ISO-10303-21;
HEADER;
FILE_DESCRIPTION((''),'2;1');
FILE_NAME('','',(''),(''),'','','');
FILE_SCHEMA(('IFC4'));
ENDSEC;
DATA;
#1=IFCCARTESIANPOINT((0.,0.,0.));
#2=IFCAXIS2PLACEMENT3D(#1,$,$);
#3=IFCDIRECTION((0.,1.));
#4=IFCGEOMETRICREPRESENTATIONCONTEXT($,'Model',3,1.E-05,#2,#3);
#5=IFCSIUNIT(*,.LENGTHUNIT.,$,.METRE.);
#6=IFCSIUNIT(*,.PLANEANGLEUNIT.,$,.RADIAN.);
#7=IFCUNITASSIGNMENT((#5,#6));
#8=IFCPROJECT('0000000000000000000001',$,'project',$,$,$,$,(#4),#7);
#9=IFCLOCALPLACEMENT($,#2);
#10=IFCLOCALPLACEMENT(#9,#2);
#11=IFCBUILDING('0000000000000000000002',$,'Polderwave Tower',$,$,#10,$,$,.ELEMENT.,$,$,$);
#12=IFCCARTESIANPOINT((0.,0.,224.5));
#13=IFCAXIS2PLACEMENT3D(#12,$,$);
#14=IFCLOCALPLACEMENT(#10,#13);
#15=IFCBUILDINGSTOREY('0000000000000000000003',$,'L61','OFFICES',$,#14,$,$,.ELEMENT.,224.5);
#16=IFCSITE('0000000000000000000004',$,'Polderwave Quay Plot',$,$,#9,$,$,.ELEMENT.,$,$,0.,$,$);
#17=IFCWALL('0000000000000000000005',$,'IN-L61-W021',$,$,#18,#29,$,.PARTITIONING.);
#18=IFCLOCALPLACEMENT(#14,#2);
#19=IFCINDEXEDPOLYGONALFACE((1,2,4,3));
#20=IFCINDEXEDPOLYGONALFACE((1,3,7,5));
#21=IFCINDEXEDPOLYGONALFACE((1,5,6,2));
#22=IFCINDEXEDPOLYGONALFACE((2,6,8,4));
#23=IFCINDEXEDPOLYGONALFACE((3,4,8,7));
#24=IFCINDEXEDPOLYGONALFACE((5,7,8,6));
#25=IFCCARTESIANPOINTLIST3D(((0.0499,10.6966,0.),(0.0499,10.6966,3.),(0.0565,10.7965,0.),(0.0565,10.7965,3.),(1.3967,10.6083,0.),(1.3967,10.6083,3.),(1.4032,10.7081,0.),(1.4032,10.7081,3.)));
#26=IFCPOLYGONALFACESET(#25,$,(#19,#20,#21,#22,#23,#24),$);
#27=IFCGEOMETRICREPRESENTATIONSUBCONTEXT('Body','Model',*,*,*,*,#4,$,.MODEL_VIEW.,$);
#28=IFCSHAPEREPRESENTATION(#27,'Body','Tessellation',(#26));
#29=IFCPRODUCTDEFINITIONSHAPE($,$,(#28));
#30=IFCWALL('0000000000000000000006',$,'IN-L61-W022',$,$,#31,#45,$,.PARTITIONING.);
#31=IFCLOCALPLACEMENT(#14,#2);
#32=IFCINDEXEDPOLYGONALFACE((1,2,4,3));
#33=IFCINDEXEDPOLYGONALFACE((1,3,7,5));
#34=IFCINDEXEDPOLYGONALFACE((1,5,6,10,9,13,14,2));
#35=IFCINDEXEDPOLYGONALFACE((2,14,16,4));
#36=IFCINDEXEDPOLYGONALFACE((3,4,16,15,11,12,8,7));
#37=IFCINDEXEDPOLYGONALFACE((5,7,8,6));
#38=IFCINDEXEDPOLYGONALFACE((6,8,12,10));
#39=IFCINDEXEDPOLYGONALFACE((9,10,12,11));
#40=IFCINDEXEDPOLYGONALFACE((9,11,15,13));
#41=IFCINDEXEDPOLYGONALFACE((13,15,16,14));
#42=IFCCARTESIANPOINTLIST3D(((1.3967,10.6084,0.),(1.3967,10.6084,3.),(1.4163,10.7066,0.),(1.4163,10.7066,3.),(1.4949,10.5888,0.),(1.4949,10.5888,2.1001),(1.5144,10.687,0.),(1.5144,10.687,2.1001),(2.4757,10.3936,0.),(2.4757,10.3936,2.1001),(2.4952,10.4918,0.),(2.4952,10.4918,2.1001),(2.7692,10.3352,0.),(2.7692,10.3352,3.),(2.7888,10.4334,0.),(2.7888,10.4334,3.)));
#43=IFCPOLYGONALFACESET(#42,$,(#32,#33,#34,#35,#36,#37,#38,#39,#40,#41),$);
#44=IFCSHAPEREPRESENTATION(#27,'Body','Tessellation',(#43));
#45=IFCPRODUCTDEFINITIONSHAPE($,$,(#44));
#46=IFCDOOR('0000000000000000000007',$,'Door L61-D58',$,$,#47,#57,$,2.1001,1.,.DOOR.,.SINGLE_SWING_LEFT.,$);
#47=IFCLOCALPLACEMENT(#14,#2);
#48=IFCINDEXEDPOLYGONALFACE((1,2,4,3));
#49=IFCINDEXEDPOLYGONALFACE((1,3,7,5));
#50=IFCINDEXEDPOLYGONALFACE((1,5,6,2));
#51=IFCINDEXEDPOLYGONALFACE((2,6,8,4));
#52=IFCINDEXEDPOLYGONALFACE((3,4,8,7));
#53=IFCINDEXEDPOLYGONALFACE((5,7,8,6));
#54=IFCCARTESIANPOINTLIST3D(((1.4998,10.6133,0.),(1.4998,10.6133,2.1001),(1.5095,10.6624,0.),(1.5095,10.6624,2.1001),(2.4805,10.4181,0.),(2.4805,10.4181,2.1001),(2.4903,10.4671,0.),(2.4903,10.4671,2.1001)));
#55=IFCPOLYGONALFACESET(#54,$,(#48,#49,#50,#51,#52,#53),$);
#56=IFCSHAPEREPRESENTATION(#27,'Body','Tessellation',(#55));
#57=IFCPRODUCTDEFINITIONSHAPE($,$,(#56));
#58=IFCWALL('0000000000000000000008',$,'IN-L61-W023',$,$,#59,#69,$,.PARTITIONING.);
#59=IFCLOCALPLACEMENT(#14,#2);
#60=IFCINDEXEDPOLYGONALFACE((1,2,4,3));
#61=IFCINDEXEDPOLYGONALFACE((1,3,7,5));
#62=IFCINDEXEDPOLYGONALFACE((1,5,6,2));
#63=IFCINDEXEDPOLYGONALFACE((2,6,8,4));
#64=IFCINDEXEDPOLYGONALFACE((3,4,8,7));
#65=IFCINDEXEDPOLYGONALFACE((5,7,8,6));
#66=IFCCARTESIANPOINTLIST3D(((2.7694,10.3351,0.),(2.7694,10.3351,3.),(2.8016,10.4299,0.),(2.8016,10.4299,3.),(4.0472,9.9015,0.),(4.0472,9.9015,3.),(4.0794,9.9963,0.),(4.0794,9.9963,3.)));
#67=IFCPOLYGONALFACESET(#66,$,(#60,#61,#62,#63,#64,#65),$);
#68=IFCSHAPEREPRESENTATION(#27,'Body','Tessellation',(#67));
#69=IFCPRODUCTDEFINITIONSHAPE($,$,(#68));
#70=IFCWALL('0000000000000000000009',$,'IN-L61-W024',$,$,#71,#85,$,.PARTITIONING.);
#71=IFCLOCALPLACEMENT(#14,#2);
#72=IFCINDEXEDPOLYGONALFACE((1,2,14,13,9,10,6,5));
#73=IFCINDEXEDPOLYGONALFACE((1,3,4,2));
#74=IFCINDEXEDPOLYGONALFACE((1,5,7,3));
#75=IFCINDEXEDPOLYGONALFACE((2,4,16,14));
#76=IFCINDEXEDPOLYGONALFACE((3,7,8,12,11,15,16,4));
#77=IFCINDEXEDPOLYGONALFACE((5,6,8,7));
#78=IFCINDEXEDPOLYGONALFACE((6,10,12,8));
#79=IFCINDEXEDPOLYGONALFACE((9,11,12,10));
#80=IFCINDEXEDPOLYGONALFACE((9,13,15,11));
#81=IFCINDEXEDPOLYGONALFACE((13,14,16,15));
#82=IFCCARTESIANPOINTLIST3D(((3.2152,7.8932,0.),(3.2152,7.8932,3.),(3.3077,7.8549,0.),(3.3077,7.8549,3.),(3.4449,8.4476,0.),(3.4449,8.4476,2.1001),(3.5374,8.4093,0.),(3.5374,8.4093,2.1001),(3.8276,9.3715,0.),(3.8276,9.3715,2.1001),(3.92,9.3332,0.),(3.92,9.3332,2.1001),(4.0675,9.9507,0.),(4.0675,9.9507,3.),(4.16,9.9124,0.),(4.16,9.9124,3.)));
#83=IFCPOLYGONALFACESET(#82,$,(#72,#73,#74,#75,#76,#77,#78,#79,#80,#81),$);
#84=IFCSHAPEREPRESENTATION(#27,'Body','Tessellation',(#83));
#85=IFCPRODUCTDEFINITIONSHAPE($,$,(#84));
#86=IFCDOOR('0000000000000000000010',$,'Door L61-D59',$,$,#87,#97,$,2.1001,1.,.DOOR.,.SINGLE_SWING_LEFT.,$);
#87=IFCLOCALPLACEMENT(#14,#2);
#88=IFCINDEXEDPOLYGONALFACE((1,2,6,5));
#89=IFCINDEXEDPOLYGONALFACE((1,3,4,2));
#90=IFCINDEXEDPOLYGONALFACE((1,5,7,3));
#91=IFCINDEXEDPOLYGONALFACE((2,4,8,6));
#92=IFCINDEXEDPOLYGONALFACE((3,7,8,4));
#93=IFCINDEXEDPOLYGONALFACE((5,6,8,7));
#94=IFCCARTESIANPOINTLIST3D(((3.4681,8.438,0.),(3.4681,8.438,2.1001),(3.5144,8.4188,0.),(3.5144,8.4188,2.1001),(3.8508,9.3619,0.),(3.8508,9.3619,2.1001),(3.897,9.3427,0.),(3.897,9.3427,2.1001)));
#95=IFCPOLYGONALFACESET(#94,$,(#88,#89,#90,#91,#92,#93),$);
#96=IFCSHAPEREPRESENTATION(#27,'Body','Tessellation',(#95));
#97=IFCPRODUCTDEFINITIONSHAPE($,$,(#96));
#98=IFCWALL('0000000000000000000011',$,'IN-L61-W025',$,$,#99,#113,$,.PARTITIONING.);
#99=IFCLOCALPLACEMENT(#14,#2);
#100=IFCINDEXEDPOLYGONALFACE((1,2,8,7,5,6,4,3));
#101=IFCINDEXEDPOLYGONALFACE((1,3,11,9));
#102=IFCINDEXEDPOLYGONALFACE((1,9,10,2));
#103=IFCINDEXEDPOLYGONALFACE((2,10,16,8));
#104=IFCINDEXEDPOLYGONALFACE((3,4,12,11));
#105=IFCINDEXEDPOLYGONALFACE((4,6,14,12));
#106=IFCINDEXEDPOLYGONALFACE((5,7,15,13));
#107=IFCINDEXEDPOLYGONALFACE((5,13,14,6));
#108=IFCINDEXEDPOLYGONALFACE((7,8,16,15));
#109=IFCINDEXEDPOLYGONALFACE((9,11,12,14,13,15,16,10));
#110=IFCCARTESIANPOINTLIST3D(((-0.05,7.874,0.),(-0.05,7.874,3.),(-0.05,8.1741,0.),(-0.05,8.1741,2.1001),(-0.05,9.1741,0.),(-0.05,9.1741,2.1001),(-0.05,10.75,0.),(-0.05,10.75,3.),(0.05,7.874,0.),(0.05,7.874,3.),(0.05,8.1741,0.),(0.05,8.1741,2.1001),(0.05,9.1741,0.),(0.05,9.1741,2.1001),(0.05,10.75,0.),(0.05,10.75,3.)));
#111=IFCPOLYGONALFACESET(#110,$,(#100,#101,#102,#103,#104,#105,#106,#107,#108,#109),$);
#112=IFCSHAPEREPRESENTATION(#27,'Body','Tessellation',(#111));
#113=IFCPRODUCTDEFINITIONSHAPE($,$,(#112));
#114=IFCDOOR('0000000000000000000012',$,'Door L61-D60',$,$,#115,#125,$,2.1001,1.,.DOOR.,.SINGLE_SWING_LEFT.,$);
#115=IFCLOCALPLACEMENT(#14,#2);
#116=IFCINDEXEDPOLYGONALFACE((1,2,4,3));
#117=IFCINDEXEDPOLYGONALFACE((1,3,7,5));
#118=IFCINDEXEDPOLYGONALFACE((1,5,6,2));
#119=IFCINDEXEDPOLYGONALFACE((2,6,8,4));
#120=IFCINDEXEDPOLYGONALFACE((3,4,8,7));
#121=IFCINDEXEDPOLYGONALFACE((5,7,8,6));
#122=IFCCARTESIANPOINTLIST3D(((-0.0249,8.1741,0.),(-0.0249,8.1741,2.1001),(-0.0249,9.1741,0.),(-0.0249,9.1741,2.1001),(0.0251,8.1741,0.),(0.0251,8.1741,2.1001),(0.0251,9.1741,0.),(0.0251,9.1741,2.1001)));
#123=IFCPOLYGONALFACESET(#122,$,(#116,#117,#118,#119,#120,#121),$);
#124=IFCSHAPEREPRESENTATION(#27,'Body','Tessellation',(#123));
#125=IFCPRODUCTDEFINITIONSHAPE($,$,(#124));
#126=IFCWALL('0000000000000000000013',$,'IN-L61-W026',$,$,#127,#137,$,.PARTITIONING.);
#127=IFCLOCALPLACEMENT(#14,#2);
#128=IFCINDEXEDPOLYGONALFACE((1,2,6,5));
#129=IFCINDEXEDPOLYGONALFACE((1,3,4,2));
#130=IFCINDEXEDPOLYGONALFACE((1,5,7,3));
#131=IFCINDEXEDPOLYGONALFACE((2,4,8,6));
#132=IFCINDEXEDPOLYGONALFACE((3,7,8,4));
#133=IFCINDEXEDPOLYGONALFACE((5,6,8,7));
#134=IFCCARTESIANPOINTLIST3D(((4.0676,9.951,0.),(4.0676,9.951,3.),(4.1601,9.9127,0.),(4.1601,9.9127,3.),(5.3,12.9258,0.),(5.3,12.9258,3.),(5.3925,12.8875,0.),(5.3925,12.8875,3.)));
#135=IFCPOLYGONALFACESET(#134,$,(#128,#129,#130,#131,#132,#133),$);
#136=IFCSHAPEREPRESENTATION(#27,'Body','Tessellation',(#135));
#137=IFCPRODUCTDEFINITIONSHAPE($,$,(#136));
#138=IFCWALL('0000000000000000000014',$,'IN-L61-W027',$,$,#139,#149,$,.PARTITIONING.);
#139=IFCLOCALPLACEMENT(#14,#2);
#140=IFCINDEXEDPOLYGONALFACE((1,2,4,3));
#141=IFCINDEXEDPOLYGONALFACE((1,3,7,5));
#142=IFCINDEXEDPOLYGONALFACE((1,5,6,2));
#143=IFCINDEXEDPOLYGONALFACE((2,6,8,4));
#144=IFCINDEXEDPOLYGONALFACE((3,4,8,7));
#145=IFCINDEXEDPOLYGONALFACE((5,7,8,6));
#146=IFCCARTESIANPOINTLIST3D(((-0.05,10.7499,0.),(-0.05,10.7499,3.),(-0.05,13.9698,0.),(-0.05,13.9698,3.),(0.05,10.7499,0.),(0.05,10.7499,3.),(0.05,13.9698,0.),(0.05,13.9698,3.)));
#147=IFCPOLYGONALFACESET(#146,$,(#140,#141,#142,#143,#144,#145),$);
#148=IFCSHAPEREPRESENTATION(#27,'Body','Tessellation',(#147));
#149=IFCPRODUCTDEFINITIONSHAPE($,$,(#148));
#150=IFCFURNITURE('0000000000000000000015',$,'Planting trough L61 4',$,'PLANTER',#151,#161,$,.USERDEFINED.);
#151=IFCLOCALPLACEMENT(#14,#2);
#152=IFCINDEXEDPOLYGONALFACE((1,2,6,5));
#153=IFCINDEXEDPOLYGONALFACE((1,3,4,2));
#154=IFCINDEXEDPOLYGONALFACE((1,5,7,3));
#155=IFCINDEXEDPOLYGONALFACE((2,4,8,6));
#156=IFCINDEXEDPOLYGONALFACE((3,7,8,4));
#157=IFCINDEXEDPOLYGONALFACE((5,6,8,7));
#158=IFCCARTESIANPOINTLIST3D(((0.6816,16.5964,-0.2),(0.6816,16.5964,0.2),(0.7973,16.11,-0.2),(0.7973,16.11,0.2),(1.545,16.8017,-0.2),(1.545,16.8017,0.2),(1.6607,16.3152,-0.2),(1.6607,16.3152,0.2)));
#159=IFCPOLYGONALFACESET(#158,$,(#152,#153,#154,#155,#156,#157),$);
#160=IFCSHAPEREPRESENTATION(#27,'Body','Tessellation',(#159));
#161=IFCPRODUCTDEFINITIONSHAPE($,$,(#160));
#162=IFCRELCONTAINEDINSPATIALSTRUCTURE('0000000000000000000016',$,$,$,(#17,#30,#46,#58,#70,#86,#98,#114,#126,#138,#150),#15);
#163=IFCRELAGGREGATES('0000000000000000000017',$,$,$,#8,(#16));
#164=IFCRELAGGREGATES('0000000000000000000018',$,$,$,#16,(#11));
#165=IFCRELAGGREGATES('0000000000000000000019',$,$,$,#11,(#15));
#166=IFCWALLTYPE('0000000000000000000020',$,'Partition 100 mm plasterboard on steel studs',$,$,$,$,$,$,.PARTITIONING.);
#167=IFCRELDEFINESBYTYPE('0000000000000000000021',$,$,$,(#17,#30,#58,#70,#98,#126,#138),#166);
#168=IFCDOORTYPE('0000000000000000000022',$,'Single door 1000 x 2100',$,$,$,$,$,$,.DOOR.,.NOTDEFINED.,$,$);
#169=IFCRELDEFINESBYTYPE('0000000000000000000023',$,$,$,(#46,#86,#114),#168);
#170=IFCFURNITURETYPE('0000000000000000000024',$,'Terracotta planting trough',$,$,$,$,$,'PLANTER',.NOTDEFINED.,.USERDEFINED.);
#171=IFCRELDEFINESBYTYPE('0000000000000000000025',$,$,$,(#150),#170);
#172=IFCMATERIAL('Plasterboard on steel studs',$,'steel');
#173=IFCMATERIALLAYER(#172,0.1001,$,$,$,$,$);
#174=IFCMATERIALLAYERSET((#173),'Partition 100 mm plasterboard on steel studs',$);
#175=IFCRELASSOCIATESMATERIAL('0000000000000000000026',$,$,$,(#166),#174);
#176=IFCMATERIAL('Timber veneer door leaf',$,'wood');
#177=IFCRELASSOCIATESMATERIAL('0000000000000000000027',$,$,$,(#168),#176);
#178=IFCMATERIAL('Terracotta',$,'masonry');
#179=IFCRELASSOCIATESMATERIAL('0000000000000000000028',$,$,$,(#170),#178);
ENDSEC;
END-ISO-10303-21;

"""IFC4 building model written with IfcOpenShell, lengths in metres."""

from ifc_helpers import new_model, si_unit, direction, frame, frame_2d, origin, origin_2d, place, context, subcontext, project, spatial, rectangle, extrude, material, layer, layer_set, type_object, element, fill, save


model = new_model("IFC4")

# Units and contexts
model_context = context("Model", 3, precision=1e-05, world=origin(), true_north=direction((0.0, 1.0)))
body_context = subcontext(model_context, "Body", "Model", "MODEL_VIEW")
ifc_project = project(units=[si_unit("LENGTHUNIT", "METRE"), si_unit("PLANEANGLEUNIT", "RADIAN")], contexts=[model_context])

# Site, building, storey
site_placement = place(None, origin())
site = spatial("IfcSite", under=ifc_project, at=site_placement, Name="Polderwave Quay Plot", CompositionType="ELEMENT", RefElevation=0.0)
building_placement = place(site_placement, origin())
building = spatial("IfcBuilding", under=site, at=building_placement, Name="Polderwave Tower", CompositionType="ELEMENT")
storey_placement = place(building_placement, frame((0.0, 0.0, 224.5)))
storey = spatial("IfcBuildingStorey", under=building, at=storey_placement, Name="L61", Description="OFFICES", CompositionType="ELEMENT", Elevation=224.5)

# Wall
ifc_material_1 = material(Name="Plasterboard on steel studs", Category="steel")
ifc_layer_1 = layer(ifc_material_1, 0.1001)
ifc_layer_set_1 = layer_set([ifc_layer_1], Name="Partition 100 mm plasterboard on steel studs")
wall_type_1 = type_object("IfcWallType", Name="Partition 100 mm plasterboard on steel studs", PredefinedType="PARTITIONING", material=ifc_layer_set_1)
wall_1_placement = place(storey_placement, frame((0.0532, 10.7466, 0.0), z_axis=(0.0, 0.0, 1.0), x_axis=(0.997853, -0.065486, 0.0)))
element("IfcWall", 1, at=wall_1_placement, inside=storey, type_object=wall_type_1, Name="IN-L61-W021", PredefinedType="PARTITIONING", context=body_context, shape_type="SweptSolid", body=[
    extrude(rectangle(XDim=1.3496, YDim=0.1001, at=frame_2d((0.6748, 0.0))), origin(), (0.0, 0.0, 1.0), 3.0),
])

# Wall, opening, door
wall_2_placement = place(storey_placement, frame((1.4065, 10.6575, 0.0), z_axis=(0.0, 0.0, 1.0), x_axis=(0.980761, -0.19521, 0.0)))
wall_2 = element("IfcWall", 2, at=wall_2_placement, inside=storey, type_object=wall_type_1, Name="IN-L61-W022", PredefinedType="PARTITIONING", context=body_context, shape_type="SweptSolid", body=[
    extrude(rectangle(XDim=1.3994, YDim=0.1001, at=frame_2d((0.6997, 0.0))), origin(), (0.0, 0.0, 1.0), 3.0),
])
opening_1_placement = place(wall_2_placement, frame((0.1001, 0.0, 0.0)))
opening_1 = element("IfcOpeningElement", 3, at=opening_1_placement, cuts=wall_2, PredefinedType="OPENING", context=body_context, shape_type="SweptSolid", body=[
    extrude(rectangle(XDim=1.0, YDim=2.1001, at=frame_2d((0.5, 1.05))), frame((0.0, 0.0601, 0.0), z_axis=(0.0, -1.0, 0.0), x_axis=(1.0, 0.0, 0.0)), (0.0, 0.0, 1.0), 0.1201),
])
ifc_material_2 = material(Name="Timber veneer door leaf", Category="wood")
door_type = type_object("IfcDoorType", Name="Single door 1000 x 2100", OperationType="NOTDEFINED", PredefinedType="DOOR", material=ifc_material_2)
door_1_placement = place(opening_1_placement, origin())
door_1 = element("IfcDoor", 4, at=door_1_placement, inside=storey, type_object=door_type, Name="Door L61-D58", OperationType="SINGLE_SWING_LEFT", OverallHeight=2.1001, OverallWidth=1.0, PredefinedType="DOOR", context=body_context, shape_type="SweptSolid", body=[
    extrude(rectangle(XDim=1.0, YDim=2.1001, at=frame_2d((0.5, 1.05))), frame((0.0, 0.0249, 0.0), z_axis=(0.0, -1.0, 0.0), x_axis=(1.0, 0.0, 0.0)), (0.0, 0.0, 1.0), 0.05),
])
fill(opening_1, door_1)

# Wall
wall_3_placement = place(storey_placement, frame((2.7854, 10.3826, 0.0), z_axis=(0.0, 0.0, 1.0), x_axis=(0.946969, -0.321325, 0.0)))
element("IfcWall", 5, at=wall_3_placement, inside=storey, type_object=wall_type_1, Name="IN-L61-W023", PredefinedType="PARTITIONING", context=body_context, shape_type="SweptSolid", body=[
    extrude(rectangle(XDim=1.3494, YDim=0.1001, at=frame_2d((0.6748, 0.0))), origin(), (0.0, 0.0, 1.0), 3.0),
])

# Walls, openings, doors
wall_4_placement = place(storey_placement, frame((3.2615, 7.874, 0.0), z_axis=(0.0, 0.0, 1.0), x_axis=(0.382684, 0.923879, 0.0)))
wall_4 = element("IfcWall", 6, at=wall_4_placement, inside=storey, type_object=wall_type_1, Name="IN-L61-W024", PredefinedType="PARTITIONING", context=body_context, shape_type="SweptSolid", body=[
    extrude(rectangle(XDim=2.2271, YDim=0.1001, at=frame_2d((1.1135, 0.0))), origin(), (0.0, 0.0, 1.0), 3.0),
])
opening_2_placement = place(wall_4_placement, frame((0.6001, 0.0, 0.0)))
opening_2 = element("IfcOpeningElement", 7, at=opening_2_placement, cuts=wall_4, PredefinedType="OPENING", context=body_context, shape_type="SweptSolid", body=[
    extrude(rectangle(XDim=1.0, YDim=2.1001, at=frame_2d((0.5, 1.05))), frame((0.0, 0.0601, 0.0), z_axis=(0.0, -1.0, 0.0), x_axis=(1.0, 0.0, 0.0)), (0.0, 0.0, 1.0), 0.1201),
])
door_2_placement = place(opening_2_placement, origin())
door_2 = element("IfcDoor", 8, at=door_2_placement, inside=storey, type_object=door_type, Name="Door L61-D59", OperationType="SINGLE_SWING_LEFT", OverallHeight=2.1001, OverallWidth=1.0, PredefinedType="DOOR", context=body_context, shape_type="SweptSolid", body=[
    extrude(rectangle(XDim=1.0, YDim=2.1001, at=frame_2d((0.5, 1.05))), frame((0.0, 0.0249, 0.0), z_axis=(0.0, -1.0, 0.0), x_axis=(1.0, 0.0, 0.0)), (0.0, 0.0, 1.0), 0.05),
])
fill(opening_2, door_2)
wall_5_placement = place(storey_placement, frame((0.0, 7.874, 0.0), z_axis=(0.0, 0.0, 1.0), x_axis=(0.0, 1.0, 0.0)))
wall_5 = element("IfcWall", 9, at=wall_5_placement, inside=storey, type_object=wall_type_1, Name="IN-L61-W025", PredefinedType="PARTITIONING", context=body_context, shape_type="SweptSolid", body=[
    extrude(rectangle(XDim=2.876, YDim=0.1001, at=frame_2d((1.438, 0.0))), origin(), (0.0, 0.0, 1.0), 3.0),
])
opening_3_placement = place(wall_5_placement, frame((0.3, 0.0, 0.0)))
opening_3 = element("IfcOpeningElement", 10, at=opening_3_placement, cuts=wall_5, PredefinedType="OPENING", context=body_context, shape_type="SweptSolid", body=[
    extrude(rectangle(XDim=1.0, YDim=2.1001, at=frame_2d((0.5, 1.05))), frame((0.0, 0.0601, 0.0), z_axis=(0.0, -1.0, 0.0), x_axis=(1.0, 0.0, 0.0)), (0.0, 0.0, 1.0), 0.1201),
])
door_3_placement = place(opening_3_placement, origin())
door_3 = element("IfcDoor", 11, at=door_3_placement, inside=storey, type_object=door_type, Name="Door L61-D60", OperationType="SINGLE_SWING_LEFT", OverallHeight=2.1001, OverallWidth=1.0, PredefinedType="DOOR", context=body_context, shape_type="SweptSolid", body=[
    extrude(rectangle(XDim=1.0, YDim=2.1001, at=frame_2d((0.5, 1.05))), frame((0.0, 0.0249, 0.0), z_axis=(0.0, -1.0, 0.0), x_axis=(1.0, 0.0, 0.0)), (0.0, 0.0, 1.0), 0.05),
])
fill(opening_3, door_3)

# Walls
for number, where, z_axis, x_axis, name in (
    (12, (5.3462, 12.9065, 0.0), (0.0, 0.0, 1.0), (-0.382736, -0.923858, 0.0), "IN-L61-W026"),
    (13, (0.0, 10.75, 0.0), (0.0, 0.0, 1.0), (0.0, 1.0, 0.0), "IN-L61-W027"),
):
    element("IfcWall", number, at=place(storey_placement, frame(where, z_axis=z_axis, x_axis=x_axis)), inside=storey, type_object=wall_type_1, Name=name, PredefinedType="PARTITIONING", context=body_context, shape_type="SweptSolid", body=[
        extrude(rectangle(XDim=3.22, YDim=0.1001, at=frame_2d((1.6099, 0.0))), origin(), (0.0, 0.0, 1.0), 3.0),
    ])

# Furniture
ifc_material_3 = material(Name="Terracotta", Category="masonry")
furniture_type = type_object("IfcFurnitureType", Name="Terracotta planting trough", ElementType="PLANTER", AssemblyPlace="NOTDEFINED", PredefinedType="USERDEFINED", material=ifc_material_3)
furniture_placement = place(storey_placement, frame((1.1711, 16.4558, -0.2), z_axis=(0.0, 0.0, 1.0), x_axis=(-0.97289, -0.231269, 0.0)))
element("IfcFurniture", 14, at=furniture_placement, inside=storey, type_object=furniture_type, Name="Planting trough L61 4", ObjectType="PLANTER", PredefinedType="USERDEFINED", context=body_context, shape_type="SweptSolid", body=[
    extrude(rectangle(XDim=0.8875, YDim=0.5, at=origin_2d()), origin(), (0.0, 0.0, 1.0), 0.3999),
])

save(model, "model.ifc")
